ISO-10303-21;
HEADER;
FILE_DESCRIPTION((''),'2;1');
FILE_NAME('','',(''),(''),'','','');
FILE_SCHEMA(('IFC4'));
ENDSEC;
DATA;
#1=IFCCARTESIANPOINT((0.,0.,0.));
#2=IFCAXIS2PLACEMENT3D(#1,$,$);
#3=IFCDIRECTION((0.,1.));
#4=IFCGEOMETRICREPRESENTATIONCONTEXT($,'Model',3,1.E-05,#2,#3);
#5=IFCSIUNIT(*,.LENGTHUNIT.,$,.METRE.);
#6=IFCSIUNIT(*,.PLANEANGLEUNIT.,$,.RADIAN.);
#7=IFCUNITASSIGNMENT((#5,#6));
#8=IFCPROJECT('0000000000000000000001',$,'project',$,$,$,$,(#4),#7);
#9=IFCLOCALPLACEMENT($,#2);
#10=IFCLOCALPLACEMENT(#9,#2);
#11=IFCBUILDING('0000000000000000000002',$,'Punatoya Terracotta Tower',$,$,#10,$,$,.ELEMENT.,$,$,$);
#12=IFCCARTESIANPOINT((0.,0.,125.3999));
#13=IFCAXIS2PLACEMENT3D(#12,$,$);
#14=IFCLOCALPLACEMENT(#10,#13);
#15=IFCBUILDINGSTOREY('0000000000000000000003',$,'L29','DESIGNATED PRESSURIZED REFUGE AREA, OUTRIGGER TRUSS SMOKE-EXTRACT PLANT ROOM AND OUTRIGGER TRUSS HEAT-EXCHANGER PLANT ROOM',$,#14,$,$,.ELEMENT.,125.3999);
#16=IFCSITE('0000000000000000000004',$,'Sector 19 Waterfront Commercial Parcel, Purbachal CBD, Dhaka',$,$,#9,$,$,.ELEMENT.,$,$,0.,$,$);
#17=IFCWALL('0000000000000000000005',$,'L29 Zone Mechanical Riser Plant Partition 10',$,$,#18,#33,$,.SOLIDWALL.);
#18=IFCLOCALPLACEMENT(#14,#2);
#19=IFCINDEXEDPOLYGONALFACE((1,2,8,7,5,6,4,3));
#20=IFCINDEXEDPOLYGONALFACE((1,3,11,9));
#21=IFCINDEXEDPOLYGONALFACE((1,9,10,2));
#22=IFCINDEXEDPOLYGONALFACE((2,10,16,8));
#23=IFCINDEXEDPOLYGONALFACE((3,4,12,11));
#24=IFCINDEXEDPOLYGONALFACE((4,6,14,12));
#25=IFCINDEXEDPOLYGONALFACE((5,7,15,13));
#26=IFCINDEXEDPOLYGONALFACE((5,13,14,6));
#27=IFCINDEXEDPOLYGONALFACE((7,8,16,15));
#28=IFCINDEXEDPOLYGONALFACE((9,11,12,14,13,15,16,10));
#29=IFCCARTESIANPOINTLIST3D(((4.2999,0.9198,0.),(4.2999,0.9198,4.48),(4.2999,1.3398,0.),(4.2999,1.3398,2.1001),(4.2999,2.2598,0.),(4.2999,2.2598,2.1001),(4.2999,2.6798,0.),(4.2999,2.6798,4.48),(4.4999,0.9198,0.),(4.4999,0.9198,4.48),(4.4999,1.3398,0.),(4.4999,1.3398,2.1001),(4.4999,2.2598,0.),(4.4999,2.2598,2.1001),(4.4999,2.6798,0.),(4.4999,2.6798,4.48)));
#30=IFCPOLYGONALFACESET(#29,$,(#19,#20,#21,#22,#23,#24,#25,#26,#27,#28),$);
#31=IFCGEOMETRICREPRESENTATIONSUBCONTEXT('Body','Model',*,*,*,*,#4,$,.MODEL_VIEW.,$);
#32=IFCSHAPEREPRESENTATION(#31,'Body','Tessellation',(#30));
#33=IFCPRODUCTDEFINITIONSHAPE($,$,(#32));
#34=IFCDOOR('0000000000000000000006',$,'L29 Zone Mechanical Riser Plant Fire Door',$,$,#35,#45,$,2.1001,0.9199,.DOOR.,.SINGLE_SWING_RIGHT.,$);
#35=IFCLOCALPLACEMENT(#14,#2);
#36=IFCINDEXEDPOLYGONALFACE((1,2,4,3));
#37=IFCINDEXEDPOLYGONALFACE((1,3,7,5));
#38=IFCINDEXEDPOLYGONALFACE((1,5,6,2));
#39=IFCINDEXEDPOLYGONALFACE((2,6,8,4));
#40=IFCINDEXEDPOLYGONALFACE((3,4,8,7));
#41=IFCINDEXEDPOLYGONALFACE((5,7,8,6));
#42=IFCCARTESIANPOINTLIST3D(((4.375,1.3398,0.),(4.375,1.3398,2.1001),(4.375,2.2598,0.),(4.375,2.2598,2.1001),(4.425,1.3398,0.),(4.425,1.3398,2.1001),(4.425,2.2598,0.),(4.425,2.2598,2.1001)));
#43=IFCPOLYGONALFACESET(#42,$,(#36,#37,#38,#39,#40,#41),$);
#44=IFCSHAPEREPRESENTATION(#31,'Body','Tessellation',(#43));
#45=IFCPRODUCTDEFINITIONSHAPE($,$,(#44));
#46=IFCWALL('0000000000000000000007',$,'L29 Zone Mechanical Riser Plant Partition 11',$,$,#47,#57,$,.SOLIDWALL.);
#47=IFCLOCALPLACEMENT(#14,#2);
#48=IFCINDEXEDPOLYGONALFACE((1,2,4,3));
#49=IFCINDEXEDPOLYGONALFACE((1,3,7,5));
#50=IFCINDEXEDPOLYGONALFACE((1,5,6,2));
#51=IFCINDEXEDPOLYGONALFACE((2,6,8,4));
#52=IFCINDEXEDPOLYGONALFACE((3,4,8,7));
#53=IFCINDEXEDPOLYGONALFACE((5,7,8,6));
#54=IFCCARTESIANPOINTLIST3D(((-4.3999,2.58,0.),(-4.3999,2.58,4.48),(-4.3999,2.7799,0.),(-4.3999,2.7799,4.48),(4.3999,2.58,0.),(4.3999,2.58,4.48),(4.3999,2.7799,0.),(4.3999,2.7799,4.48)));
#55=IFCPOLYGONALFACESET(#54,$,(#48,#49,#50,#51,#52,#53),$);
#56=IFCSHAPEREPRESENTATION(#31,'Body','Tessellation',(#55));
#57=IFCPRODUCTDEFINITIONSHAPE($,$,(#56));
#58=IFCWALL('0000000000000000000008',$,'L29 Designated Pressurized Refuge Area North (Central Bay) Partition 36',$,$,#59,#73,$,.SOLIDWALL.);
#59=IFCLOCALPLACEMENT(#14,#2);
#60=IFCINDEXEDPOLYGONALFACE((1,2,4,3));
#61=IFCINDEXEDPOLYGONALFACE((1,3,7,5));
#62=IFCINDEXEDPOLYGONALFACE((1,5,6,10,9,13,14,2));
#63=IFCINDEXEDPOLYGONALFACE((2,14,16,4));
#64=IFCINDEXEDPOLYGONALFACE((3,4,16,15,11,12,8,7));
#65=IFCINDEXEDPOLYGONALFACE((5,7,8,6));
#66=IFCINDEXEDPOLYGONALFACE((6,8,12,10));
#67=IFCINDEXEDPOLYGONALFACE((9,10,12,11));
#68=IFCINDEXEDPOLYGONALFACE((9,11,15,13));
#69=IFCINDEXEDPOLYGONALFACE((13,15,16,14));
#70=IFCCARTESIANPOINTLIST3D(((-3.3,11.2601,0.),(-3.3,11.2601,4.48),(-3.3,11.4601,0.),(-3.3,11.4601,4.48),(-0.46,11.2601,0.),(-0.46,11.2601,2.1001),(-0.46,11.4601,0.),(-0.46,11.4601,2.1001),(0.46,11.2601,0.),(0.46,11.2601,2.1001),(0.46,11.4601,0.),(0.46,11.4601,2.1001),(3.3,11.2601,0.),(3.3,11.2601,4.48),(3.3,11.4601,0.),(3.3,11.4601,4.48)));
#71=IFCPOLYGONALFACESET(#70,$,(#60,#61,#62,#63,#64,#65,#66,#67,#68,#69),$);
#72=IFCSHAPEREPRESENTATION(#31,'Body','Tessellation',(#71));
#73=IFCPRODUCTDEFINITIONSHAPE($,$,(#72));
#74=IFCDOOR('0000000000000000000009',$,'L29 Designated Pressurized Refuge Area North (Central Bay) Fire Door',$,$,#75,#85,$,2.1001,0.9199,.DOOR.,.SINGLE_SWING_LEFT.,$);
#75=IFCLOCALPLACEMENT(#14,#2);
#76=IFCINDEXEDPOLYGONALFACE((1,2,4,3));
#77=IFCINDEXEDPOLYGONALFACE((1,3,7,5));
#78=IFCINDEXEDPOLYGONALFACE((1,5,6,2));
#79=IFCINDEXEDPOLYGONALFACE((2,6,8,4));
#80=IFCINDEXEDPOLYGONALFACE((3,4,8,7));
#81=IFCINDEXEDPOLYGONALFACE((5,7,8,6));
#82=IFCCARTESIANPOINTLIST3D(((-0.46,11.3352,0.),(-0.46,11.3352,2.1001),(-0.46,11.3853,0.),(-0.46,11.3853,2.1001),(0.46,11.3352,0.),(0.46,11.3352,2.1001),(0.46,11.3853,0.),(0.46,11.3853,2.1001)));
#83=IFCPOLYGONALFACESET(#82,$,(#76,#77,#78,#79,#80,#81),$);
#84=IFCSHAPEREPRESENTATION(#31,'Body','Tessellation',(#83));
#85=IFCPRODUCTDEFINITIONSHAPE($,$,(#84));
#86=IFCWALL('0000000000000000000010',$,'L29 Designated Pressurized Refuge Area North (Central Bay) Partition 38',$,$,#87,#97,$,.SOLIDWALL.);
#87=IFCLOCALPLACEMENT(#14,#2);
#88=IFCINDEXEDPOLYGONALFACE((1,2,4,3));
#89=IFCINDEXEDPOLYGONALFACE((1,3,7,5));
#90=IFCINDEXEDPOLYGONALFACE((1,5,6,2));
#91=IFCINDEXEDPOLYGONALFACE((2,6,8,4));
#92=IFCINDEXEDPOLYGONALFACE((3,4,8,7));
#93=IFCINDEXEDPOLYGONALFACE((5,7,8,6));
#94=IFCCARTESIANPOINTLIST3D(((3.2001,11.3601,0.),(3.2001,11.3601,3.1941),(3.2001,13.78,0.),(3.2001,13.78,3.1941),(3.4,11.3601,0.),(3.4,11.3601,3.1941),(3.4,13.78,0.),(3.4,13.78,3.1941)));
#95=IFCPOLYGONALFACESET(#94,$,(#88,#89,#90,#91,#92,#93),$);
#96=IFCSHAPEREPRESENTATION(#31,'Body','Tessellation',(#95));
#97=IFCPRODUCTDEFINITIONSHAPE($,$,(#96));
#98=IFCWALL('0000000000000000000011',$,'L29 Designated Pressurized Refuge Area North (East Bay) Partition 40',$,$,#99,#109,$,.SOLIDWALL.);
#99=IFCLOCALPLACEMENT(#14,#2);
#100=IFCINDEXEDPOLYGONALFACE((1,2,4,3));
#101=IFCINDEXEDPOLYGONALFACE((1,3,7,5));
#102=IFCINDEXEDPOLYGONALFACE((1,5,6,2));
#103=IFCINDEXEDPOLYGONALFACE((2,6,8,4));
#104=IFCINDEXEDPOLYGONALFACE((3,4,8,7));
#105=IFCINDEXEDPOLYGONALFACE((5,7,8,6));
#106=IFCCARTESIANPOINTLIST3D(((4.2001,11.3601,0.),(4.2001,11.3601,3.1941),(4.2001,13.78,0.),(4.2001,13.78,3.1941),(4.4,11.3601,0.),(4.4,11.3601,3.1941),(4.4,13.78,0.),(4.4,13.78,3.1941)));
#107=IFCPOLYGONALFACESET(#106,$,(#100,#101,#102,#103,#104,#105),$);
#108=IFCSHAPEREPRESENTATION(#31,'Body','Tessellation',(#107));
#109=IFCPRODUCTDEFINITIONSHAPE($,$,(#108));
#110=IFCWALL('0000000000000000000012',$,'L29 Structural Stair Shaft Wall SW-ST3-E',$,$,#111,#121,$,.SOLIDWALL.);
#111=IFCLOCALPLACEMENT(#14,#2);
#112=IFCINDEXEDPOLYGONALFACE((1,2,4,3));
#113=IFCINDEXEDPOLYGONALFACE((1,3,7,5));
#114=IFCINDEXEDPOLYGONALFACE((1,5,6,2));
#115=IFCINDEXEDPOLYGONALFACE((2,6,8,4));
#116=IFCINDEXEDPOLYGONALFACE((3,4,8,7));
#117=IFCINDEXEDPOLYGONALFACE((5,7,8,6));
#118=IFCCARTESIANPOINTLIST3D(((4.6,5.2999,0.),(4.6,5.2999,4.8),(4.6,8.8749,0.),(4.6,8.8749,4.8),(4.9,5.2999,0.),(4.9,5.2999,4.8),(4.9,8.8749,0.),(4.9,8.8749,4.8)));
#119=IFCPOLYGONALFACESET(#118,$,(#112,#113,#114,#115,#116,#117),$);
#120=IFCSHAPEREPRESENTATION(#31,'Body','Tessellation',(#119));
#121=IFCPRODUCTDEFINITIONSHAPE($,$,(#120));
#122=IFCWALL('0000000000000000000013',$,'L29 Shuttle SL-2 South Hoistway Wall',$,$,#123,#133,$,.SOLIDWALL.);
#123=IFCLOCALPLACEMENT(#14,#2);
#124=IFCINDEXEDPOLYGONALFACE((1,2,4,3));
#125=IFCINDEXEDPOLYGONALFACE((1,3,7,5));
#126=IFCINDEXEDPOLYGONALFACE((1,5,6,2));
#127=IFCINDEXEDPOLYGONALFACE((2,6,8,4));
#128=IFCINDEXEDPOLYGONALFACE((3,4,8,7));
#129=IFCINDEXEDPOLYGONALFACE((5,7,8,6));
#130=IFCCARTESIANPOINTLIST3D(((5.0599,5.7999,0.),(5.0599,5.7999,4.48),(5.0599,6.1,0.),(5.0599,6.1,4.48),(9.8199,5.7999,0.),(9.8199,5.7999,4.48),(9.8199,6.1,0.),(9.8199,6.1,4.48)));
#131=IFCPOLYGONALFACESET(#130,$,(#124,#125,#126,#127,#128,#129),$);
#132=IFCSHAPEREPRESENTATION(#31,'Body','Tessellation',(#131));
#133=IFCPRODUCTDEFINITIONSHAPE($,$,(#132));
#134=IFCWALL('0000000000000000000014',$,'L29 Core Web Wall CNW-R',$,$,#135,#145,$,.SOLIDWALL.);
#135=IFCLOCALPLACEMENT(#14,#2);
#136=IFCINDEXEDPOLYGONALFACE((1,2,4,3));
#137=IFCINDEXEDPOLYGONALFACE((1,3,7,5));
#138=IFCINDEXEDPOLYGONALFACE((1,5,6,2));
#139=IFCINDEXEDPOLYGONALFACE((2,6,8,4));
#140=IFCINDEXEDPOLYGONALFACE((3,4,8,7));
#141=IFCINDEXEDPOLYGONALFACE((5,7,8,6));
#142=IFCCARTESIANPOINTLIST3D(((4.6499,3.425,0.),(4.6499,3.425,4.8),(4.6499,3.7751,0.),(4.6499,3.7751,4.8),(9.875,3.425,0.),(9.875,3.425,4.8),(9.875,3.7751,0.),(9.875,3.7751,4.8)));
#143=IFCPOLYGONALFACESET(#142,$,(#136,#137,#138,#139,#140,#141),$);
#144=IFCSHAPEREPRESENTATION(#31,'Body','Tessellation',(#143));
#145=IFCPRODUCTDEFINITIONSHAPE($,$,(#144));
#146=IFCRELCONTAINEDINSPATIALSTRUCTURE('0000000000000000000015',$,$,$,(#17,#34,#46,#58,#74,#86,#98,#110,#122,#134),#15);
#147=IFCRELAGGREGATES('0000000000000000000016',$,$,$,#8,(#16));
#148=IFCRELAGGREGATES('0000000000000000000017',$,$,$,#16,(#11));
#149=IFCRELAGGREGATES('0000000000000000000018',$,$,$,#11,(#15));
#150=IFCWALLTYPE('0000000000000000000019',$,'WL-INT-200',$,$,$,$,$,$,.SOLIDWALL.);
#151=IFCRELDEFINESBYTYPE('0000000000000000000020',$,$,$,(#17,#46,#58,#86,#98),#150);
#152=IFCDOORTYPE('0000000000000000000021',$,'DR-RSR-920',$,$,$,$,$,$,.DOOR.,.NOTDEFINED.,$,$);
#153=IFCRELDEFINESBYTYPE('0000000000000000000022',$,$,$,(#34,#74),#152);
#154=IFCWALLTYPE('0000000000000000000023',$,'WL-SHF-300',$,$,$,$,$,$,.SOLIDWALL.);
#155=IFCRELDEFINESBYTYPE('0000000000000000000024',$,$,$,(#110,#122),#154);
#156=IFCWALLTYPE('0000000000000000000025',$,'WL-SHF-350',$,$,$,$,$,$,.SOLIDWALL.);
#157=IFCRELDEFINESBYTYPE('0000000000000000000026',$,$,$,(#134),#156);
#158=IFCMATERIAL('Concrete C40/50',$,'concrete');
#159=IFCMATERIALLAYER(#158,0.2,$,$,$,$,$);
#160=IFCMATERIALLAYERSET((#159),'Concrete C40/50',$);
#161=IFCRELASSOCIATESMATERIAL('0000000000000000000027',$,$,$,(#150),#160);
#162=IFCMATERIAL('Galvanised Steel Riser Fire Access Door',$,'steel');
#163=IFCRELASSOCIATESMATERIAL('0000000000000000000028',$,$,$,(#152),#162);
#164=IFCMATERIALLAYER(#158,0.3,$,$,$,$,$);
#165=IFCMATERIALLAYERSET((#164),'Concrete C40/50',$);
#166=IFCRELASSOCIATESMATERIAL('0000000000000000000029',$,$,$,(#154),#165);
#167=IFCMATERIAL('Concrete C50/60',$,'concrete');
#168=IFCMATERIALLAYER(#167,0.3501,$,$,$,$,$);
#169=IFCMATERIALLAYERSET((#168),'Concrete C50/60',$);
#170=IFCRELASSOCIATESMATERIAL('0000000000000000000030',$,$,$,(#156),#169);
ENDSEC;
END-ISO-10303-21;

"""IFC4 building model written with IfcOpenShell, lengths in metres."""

from ifc_helpers import new_model, si_unit, direction, frame, frame_2d, origin, place, context, subcontext, project, spatial, rectangle, extrude, material, layer, layer_set, type_object, element, fill, save


model = new_model("IFC4")

# Units and contexts
model_context = context("Model", 3, precision=1e-05, world=origin(), true_north=direction((0.0, 1.0)))
body_context = subcontext(model_context, "Body", "Model", "MODEL_VIEW")
ifc_project = project(units=[si_unit("LENGTHUNIT", "METRE"), si_unit("PLANEANGLEUNIT", "RADIAN")], contexts=[model_context])

# Site, building, storey
site_placement = place(None, origin())
site = spatial("IfcSite", under=ifc_project, at=site_placement, Name="Sector 19 Waterfront Commercial Parcel, Purbachal CBD, Dhaka", CompositionType="ELEMENT", RefElevation=0.0)
building_placement = place(site_placement, origin())
building = spatial("IfcBuilding", under=site, at=building_placement, Name="Punatoya Terracotta Tower", CompositionType="ELEMENT")
storey_placement = place(building_placement, frame((0.0, 0.0, 125.3999)))
storey = spatial("IfcBuildingStorey", under=building, at=storey_placement, Name="L29", Description="DESIGNATED PRESSURIZED REFUGE AREA, OUTRIGGER TRUSS SMOKE-EXTRACT PLANT ROOM AND OUTRIGGER TRUSS HEAT-EXCHANGER PLANT ROOM", CompositionType="ELEMENT", Elevation=125.3999)

# Shared definitions
ifc_material_1 = material(Name="Concrete C40/50", Category="concrete")

# Wall, opening, door
ifc_layer_1 = layer(ifc_material_1, 0.2)
ifc_layer_set_1 = layer_set([ifc_layer_1], Name="Concrete C40/50")
wall_type_1 = type_object("IfcWallType", Name="WL-INT-200", PredefinedType="SOLIDWALL", material=ifc_layer_set_1)
wall_1_placement = place(storey_placement, frame((4.3999, 0.9199, 0.0), z_axis=(0.0, 0.0, 1.0), x_axis=(0.0, 1.0, 0.0)))
wall_1 = element("IfcWall", 1, at=wall_1_placement, inside=storey, type_object=wall_type_1, Name="L29 Zone Mechanical Riser Plant Partition 10", PredefinedType="SOLIDWALL", context=body_context, shape_type="SweptSolid", body=[
    extrude(rectangle(XDim=1.76, YDim=0.2, at=frame_2d((0.8799, 0.0))), origin(), (0.0, 0.0, 1.0), 4.48),
])
opening_1_placement = place(wall_1_placement, frame((0.4199, 0.0, 0.0)))
opening_1 = element("IfcOpeningElement", 2, at=opening_1_placement, cuts=wall_1, PredefinedType="OPENING", context=body_context, shape_type="SweptSolid", body=[
    extrude(rectangle(XDim=0.9199, YDim=2.1001, at=frame_2d((0.46, 1.05))), frame((0.0, 0.1099, 0.0), z_axis=(0.0, -1.0, 0.0), x_axis=(1.0, 0.0, 0.0)), (0.0, 0.0, 1.0), 0.22),
])
ifc_material_2 = material(Name="Galvanised Steel Riser Fire Access Door", Category="steel")
door_type = type_object("IfcDoorType", Name="DR-RSR-920", OperationType="NOTDEFINED", PredefinedType="DOOR", material=ifc_material_2)
door_1_placement = place(opening_1_placement, origin())
door_1 = element("IfcDoor", 3, at=door_1_placement, inside=storey, type_object=door_type, Name="L29 Zone Mechanical Riser Plant Fire Door", OperationType="SINGLE_SWING_RIGHT", OverallHeight=2.1001, OverallWidth=0.9199, PredefinedType="DOOR", context=body_context, shape_type="SweptSolid", body=[
    extrude(rectangle(XDim=0.9199, YDim=2.1001, at=frame_2d((0.46, 1.05))), frame((0.0, 0.0249, 0.0), z_axis=(0.0, -1.0, 0.0), x_axis=(1.0, 0.0, 0.0)), (0.0, 0.0, 1.0), 0.05),
])
fill(opening_1, door_1)

# Wall
wall_2_placement = place(storey_placement, frame((4.3999, 2.6799, 0.0), z_axis=(0.0, 0.0, 1.0), x_axis=(-1.0, 0.0, 0.0)))
element("IfcWall", 4, at=wall_2_placement, inside=storey, type_object=wall_type_1, Name="L29 Zone Mechanical Riser Plant Partition 11", PredefinedType="SOLIDWALL", context=body_context, shape_type="SweptSolid", body=[
    extrude(rectangle(XDim=8.7998, YDim=0.2, at=frame_2d((4.3999, 0.0))), origin(), (0.0, 0.0, 1.0), 4.48),
])

# Wall, opening, door
wall_3_placement = place(storey_placement, frame((3.3, 11.3601, 0.0), z_axis=(0.0, 0.0, 1.0), x_axis=(-1.0, 0.0, 0.0)))
wall_3 = element("IfcWall", 5, at=wall_3_placement, inside=storey, type_object=wall_type_1, Name="L29 Designated Pressurized Refuge Area North (Central Bay) Partition 36", PredefinedType="SOLIDWALL", context=body_context, shape_type="SweptSolid", body=[
    extrude(rectangle(XDim=6.6001, YDim=0.2, at=frame_2d((3.3, 0.0))), origin(), (0.0, 0.0, 1.0), 4.48),
])
opening_2_placement = place(wall_3_placement, frame((2.8401, 0.0, 0.0)))
opening_2 = element("IfcOpeningElement", 6, at=opening_2_placement, cuts=wall_3, PredefinedType="OPENING", context=body_context, shape_type="SweptSolid", body=[
    extrude(rectangle(XDim=0.9199, YDim=2.1001, at=frame_2d((0.46, 1.05))), frame((0.0, 0.1099, 0.0), z_axis=(0.0, -1.0, 0.0), x_axis=(1.0, 0.0, 0.0)), (0.0, 0.0, 1.0), 0.22),
])
door_2_placement = place(opening_2_placement, origin())
door_2 = element("IfcDoor", 7, at=door_2_placement, inside=storey, type_object=door_type, Name="L29 Designated Pressurized Refuge Area North (Central Bay) Fire Door", OperationType="SINGLE_SWING_LEFT", OverallHeight=2.1001, OverallWidth=0.9199, PredefinedType="DOOR", context=body_context, shape_type="SweptSolid", body=[
    extrude(rectangle(XDim=0.9199, YDim=2.1001, at=frame_2d((0.46, 1.05))), frame((0.0, 0.0249, 0.0), z_axis=(0.0, -1.0, 0.0), x_axis=(1.0, 0.0, 0.0)), (0.0, 0.0, 1.0), 0.05),
])
fill(opening_2, door_2)

# Walls
for number, where, z_axis, x_axis, name in (
    (8, (3.3, 13.78, 0.0), (0.0, 0.0, 1.0), (0.0, -1.0, 0.0), "L29 Designated Pressurized Refuge Area North (Central Bay) Partition 38"),
    (9, (4.3, 11.3601, 0.0), (0.0, 0.0, 1.0), (0.0, 1.0, 0.0), "L29 Designated Pressurized Refuge Area North (East Bay) Partition 40"),
):
    element("IfcWall", number, at=place(storey_placement, frame(where, z_axis=z_axis, x_axis=x_axis)), inside=storey, type_object=wall_type_1, Name=name, PredefinedType="SOLIDWALL", context=body_context, shape_type="SweptSolid", body=[
        extrude(rectangle(XDim=2.4199, YDim=0.2, at=frame_2d((1.21, 0.0))), origin(), (0.0, 0.0, 1.0), 3.1941),
    ])
ifc_layer_2 = layer(ifc_material_1, 0.3)
ifc_layer_set_2 = layer_set([ifc_layer_2], Name="Concrete C40/50")
wall_type_2 = type_object("IfcWallType", Name="WL-SHF-300", PredefinedType="SOLIDWALL", material=ifc_layer_set_2)
wall_4_placement = place(storey_placement, frame((4.75, 8.875, 0.0), z_axis=(0.0, 0.0, 1.0), x_axis=(0.0, -1.0, 0.0)))
element("IfcWall", 10, at=wall_4_placement, inside=storey, type_object=wall_type_2, Name="L29 Structural Stair Shaft Wall SW-ST3-E", PredefinedType="SOLIDWALL", context=body_context, shape_type="SweptSolid", body=[
    extrude(rectangle(XDim=3.575, YDim=0.3, at=frame_2d((1.7876, 0.0))), origin(), (0.0, 0.0, 1.0), 4.8),
])
wall_5_placement = place(storey_placement, frame((5.0601, 5.95, 0.0), z_axis=(0.0, 0.0, 1.0), x_axis=(1.0, 0.0, 0.0)))
element("IfcWall", 11, at=wall_5_placement, inside=storey, type_object=wall_type_2, Name="L29 Shuttle SL-2 South Hoistway Wall", PredefinedType="SOLIDWALL", context=body_context, shape_type="SweptSolid", body=[
    extrude(rectangle(XDim=4.76, YDim=0.3, at=frame_2d((2.3799, 0.0))), origin(), (0.0, 0.0, 1.0), 4.48),
])
ifc_material_3 = material(Name="Concrete C50/60", Category="concrete")
ifc_layer_3 = layer(ifc_material_3, 0.3501)
ifc_layer_set_3 = layer_set([ifc_layer_3], Name="Concrete C50/60")
wall_type_3 = type_object("IfcWallType", Name="WL-SHF-350", PredefinedType="SOLIDWALL", material=ifc_layer_set_3)
wall_6_placement = place(storey_placement, frame((4.6499, 3.6001, 0.0), z_axis=(0.0, 0.0, 1.0), x_axis=(1.0, 0.0, 0.0)))
element("IfcWall", 12, at=wall_6_placement, inside=storey, type_object=wall_type_3, Name="L29 Core Web Wall CNW-R", PredefinedType="SOLIDWALL", context=body_context, shape_type="SweptSolid", body=[
    extrude(rectangle(XDim=5.2251, YDim=0.3501, at=frame_2d((2.6125, 0.0))), origin(), (0.0, 0.0, 1.0), 4.8),
])

save(model, "model.ifc")
